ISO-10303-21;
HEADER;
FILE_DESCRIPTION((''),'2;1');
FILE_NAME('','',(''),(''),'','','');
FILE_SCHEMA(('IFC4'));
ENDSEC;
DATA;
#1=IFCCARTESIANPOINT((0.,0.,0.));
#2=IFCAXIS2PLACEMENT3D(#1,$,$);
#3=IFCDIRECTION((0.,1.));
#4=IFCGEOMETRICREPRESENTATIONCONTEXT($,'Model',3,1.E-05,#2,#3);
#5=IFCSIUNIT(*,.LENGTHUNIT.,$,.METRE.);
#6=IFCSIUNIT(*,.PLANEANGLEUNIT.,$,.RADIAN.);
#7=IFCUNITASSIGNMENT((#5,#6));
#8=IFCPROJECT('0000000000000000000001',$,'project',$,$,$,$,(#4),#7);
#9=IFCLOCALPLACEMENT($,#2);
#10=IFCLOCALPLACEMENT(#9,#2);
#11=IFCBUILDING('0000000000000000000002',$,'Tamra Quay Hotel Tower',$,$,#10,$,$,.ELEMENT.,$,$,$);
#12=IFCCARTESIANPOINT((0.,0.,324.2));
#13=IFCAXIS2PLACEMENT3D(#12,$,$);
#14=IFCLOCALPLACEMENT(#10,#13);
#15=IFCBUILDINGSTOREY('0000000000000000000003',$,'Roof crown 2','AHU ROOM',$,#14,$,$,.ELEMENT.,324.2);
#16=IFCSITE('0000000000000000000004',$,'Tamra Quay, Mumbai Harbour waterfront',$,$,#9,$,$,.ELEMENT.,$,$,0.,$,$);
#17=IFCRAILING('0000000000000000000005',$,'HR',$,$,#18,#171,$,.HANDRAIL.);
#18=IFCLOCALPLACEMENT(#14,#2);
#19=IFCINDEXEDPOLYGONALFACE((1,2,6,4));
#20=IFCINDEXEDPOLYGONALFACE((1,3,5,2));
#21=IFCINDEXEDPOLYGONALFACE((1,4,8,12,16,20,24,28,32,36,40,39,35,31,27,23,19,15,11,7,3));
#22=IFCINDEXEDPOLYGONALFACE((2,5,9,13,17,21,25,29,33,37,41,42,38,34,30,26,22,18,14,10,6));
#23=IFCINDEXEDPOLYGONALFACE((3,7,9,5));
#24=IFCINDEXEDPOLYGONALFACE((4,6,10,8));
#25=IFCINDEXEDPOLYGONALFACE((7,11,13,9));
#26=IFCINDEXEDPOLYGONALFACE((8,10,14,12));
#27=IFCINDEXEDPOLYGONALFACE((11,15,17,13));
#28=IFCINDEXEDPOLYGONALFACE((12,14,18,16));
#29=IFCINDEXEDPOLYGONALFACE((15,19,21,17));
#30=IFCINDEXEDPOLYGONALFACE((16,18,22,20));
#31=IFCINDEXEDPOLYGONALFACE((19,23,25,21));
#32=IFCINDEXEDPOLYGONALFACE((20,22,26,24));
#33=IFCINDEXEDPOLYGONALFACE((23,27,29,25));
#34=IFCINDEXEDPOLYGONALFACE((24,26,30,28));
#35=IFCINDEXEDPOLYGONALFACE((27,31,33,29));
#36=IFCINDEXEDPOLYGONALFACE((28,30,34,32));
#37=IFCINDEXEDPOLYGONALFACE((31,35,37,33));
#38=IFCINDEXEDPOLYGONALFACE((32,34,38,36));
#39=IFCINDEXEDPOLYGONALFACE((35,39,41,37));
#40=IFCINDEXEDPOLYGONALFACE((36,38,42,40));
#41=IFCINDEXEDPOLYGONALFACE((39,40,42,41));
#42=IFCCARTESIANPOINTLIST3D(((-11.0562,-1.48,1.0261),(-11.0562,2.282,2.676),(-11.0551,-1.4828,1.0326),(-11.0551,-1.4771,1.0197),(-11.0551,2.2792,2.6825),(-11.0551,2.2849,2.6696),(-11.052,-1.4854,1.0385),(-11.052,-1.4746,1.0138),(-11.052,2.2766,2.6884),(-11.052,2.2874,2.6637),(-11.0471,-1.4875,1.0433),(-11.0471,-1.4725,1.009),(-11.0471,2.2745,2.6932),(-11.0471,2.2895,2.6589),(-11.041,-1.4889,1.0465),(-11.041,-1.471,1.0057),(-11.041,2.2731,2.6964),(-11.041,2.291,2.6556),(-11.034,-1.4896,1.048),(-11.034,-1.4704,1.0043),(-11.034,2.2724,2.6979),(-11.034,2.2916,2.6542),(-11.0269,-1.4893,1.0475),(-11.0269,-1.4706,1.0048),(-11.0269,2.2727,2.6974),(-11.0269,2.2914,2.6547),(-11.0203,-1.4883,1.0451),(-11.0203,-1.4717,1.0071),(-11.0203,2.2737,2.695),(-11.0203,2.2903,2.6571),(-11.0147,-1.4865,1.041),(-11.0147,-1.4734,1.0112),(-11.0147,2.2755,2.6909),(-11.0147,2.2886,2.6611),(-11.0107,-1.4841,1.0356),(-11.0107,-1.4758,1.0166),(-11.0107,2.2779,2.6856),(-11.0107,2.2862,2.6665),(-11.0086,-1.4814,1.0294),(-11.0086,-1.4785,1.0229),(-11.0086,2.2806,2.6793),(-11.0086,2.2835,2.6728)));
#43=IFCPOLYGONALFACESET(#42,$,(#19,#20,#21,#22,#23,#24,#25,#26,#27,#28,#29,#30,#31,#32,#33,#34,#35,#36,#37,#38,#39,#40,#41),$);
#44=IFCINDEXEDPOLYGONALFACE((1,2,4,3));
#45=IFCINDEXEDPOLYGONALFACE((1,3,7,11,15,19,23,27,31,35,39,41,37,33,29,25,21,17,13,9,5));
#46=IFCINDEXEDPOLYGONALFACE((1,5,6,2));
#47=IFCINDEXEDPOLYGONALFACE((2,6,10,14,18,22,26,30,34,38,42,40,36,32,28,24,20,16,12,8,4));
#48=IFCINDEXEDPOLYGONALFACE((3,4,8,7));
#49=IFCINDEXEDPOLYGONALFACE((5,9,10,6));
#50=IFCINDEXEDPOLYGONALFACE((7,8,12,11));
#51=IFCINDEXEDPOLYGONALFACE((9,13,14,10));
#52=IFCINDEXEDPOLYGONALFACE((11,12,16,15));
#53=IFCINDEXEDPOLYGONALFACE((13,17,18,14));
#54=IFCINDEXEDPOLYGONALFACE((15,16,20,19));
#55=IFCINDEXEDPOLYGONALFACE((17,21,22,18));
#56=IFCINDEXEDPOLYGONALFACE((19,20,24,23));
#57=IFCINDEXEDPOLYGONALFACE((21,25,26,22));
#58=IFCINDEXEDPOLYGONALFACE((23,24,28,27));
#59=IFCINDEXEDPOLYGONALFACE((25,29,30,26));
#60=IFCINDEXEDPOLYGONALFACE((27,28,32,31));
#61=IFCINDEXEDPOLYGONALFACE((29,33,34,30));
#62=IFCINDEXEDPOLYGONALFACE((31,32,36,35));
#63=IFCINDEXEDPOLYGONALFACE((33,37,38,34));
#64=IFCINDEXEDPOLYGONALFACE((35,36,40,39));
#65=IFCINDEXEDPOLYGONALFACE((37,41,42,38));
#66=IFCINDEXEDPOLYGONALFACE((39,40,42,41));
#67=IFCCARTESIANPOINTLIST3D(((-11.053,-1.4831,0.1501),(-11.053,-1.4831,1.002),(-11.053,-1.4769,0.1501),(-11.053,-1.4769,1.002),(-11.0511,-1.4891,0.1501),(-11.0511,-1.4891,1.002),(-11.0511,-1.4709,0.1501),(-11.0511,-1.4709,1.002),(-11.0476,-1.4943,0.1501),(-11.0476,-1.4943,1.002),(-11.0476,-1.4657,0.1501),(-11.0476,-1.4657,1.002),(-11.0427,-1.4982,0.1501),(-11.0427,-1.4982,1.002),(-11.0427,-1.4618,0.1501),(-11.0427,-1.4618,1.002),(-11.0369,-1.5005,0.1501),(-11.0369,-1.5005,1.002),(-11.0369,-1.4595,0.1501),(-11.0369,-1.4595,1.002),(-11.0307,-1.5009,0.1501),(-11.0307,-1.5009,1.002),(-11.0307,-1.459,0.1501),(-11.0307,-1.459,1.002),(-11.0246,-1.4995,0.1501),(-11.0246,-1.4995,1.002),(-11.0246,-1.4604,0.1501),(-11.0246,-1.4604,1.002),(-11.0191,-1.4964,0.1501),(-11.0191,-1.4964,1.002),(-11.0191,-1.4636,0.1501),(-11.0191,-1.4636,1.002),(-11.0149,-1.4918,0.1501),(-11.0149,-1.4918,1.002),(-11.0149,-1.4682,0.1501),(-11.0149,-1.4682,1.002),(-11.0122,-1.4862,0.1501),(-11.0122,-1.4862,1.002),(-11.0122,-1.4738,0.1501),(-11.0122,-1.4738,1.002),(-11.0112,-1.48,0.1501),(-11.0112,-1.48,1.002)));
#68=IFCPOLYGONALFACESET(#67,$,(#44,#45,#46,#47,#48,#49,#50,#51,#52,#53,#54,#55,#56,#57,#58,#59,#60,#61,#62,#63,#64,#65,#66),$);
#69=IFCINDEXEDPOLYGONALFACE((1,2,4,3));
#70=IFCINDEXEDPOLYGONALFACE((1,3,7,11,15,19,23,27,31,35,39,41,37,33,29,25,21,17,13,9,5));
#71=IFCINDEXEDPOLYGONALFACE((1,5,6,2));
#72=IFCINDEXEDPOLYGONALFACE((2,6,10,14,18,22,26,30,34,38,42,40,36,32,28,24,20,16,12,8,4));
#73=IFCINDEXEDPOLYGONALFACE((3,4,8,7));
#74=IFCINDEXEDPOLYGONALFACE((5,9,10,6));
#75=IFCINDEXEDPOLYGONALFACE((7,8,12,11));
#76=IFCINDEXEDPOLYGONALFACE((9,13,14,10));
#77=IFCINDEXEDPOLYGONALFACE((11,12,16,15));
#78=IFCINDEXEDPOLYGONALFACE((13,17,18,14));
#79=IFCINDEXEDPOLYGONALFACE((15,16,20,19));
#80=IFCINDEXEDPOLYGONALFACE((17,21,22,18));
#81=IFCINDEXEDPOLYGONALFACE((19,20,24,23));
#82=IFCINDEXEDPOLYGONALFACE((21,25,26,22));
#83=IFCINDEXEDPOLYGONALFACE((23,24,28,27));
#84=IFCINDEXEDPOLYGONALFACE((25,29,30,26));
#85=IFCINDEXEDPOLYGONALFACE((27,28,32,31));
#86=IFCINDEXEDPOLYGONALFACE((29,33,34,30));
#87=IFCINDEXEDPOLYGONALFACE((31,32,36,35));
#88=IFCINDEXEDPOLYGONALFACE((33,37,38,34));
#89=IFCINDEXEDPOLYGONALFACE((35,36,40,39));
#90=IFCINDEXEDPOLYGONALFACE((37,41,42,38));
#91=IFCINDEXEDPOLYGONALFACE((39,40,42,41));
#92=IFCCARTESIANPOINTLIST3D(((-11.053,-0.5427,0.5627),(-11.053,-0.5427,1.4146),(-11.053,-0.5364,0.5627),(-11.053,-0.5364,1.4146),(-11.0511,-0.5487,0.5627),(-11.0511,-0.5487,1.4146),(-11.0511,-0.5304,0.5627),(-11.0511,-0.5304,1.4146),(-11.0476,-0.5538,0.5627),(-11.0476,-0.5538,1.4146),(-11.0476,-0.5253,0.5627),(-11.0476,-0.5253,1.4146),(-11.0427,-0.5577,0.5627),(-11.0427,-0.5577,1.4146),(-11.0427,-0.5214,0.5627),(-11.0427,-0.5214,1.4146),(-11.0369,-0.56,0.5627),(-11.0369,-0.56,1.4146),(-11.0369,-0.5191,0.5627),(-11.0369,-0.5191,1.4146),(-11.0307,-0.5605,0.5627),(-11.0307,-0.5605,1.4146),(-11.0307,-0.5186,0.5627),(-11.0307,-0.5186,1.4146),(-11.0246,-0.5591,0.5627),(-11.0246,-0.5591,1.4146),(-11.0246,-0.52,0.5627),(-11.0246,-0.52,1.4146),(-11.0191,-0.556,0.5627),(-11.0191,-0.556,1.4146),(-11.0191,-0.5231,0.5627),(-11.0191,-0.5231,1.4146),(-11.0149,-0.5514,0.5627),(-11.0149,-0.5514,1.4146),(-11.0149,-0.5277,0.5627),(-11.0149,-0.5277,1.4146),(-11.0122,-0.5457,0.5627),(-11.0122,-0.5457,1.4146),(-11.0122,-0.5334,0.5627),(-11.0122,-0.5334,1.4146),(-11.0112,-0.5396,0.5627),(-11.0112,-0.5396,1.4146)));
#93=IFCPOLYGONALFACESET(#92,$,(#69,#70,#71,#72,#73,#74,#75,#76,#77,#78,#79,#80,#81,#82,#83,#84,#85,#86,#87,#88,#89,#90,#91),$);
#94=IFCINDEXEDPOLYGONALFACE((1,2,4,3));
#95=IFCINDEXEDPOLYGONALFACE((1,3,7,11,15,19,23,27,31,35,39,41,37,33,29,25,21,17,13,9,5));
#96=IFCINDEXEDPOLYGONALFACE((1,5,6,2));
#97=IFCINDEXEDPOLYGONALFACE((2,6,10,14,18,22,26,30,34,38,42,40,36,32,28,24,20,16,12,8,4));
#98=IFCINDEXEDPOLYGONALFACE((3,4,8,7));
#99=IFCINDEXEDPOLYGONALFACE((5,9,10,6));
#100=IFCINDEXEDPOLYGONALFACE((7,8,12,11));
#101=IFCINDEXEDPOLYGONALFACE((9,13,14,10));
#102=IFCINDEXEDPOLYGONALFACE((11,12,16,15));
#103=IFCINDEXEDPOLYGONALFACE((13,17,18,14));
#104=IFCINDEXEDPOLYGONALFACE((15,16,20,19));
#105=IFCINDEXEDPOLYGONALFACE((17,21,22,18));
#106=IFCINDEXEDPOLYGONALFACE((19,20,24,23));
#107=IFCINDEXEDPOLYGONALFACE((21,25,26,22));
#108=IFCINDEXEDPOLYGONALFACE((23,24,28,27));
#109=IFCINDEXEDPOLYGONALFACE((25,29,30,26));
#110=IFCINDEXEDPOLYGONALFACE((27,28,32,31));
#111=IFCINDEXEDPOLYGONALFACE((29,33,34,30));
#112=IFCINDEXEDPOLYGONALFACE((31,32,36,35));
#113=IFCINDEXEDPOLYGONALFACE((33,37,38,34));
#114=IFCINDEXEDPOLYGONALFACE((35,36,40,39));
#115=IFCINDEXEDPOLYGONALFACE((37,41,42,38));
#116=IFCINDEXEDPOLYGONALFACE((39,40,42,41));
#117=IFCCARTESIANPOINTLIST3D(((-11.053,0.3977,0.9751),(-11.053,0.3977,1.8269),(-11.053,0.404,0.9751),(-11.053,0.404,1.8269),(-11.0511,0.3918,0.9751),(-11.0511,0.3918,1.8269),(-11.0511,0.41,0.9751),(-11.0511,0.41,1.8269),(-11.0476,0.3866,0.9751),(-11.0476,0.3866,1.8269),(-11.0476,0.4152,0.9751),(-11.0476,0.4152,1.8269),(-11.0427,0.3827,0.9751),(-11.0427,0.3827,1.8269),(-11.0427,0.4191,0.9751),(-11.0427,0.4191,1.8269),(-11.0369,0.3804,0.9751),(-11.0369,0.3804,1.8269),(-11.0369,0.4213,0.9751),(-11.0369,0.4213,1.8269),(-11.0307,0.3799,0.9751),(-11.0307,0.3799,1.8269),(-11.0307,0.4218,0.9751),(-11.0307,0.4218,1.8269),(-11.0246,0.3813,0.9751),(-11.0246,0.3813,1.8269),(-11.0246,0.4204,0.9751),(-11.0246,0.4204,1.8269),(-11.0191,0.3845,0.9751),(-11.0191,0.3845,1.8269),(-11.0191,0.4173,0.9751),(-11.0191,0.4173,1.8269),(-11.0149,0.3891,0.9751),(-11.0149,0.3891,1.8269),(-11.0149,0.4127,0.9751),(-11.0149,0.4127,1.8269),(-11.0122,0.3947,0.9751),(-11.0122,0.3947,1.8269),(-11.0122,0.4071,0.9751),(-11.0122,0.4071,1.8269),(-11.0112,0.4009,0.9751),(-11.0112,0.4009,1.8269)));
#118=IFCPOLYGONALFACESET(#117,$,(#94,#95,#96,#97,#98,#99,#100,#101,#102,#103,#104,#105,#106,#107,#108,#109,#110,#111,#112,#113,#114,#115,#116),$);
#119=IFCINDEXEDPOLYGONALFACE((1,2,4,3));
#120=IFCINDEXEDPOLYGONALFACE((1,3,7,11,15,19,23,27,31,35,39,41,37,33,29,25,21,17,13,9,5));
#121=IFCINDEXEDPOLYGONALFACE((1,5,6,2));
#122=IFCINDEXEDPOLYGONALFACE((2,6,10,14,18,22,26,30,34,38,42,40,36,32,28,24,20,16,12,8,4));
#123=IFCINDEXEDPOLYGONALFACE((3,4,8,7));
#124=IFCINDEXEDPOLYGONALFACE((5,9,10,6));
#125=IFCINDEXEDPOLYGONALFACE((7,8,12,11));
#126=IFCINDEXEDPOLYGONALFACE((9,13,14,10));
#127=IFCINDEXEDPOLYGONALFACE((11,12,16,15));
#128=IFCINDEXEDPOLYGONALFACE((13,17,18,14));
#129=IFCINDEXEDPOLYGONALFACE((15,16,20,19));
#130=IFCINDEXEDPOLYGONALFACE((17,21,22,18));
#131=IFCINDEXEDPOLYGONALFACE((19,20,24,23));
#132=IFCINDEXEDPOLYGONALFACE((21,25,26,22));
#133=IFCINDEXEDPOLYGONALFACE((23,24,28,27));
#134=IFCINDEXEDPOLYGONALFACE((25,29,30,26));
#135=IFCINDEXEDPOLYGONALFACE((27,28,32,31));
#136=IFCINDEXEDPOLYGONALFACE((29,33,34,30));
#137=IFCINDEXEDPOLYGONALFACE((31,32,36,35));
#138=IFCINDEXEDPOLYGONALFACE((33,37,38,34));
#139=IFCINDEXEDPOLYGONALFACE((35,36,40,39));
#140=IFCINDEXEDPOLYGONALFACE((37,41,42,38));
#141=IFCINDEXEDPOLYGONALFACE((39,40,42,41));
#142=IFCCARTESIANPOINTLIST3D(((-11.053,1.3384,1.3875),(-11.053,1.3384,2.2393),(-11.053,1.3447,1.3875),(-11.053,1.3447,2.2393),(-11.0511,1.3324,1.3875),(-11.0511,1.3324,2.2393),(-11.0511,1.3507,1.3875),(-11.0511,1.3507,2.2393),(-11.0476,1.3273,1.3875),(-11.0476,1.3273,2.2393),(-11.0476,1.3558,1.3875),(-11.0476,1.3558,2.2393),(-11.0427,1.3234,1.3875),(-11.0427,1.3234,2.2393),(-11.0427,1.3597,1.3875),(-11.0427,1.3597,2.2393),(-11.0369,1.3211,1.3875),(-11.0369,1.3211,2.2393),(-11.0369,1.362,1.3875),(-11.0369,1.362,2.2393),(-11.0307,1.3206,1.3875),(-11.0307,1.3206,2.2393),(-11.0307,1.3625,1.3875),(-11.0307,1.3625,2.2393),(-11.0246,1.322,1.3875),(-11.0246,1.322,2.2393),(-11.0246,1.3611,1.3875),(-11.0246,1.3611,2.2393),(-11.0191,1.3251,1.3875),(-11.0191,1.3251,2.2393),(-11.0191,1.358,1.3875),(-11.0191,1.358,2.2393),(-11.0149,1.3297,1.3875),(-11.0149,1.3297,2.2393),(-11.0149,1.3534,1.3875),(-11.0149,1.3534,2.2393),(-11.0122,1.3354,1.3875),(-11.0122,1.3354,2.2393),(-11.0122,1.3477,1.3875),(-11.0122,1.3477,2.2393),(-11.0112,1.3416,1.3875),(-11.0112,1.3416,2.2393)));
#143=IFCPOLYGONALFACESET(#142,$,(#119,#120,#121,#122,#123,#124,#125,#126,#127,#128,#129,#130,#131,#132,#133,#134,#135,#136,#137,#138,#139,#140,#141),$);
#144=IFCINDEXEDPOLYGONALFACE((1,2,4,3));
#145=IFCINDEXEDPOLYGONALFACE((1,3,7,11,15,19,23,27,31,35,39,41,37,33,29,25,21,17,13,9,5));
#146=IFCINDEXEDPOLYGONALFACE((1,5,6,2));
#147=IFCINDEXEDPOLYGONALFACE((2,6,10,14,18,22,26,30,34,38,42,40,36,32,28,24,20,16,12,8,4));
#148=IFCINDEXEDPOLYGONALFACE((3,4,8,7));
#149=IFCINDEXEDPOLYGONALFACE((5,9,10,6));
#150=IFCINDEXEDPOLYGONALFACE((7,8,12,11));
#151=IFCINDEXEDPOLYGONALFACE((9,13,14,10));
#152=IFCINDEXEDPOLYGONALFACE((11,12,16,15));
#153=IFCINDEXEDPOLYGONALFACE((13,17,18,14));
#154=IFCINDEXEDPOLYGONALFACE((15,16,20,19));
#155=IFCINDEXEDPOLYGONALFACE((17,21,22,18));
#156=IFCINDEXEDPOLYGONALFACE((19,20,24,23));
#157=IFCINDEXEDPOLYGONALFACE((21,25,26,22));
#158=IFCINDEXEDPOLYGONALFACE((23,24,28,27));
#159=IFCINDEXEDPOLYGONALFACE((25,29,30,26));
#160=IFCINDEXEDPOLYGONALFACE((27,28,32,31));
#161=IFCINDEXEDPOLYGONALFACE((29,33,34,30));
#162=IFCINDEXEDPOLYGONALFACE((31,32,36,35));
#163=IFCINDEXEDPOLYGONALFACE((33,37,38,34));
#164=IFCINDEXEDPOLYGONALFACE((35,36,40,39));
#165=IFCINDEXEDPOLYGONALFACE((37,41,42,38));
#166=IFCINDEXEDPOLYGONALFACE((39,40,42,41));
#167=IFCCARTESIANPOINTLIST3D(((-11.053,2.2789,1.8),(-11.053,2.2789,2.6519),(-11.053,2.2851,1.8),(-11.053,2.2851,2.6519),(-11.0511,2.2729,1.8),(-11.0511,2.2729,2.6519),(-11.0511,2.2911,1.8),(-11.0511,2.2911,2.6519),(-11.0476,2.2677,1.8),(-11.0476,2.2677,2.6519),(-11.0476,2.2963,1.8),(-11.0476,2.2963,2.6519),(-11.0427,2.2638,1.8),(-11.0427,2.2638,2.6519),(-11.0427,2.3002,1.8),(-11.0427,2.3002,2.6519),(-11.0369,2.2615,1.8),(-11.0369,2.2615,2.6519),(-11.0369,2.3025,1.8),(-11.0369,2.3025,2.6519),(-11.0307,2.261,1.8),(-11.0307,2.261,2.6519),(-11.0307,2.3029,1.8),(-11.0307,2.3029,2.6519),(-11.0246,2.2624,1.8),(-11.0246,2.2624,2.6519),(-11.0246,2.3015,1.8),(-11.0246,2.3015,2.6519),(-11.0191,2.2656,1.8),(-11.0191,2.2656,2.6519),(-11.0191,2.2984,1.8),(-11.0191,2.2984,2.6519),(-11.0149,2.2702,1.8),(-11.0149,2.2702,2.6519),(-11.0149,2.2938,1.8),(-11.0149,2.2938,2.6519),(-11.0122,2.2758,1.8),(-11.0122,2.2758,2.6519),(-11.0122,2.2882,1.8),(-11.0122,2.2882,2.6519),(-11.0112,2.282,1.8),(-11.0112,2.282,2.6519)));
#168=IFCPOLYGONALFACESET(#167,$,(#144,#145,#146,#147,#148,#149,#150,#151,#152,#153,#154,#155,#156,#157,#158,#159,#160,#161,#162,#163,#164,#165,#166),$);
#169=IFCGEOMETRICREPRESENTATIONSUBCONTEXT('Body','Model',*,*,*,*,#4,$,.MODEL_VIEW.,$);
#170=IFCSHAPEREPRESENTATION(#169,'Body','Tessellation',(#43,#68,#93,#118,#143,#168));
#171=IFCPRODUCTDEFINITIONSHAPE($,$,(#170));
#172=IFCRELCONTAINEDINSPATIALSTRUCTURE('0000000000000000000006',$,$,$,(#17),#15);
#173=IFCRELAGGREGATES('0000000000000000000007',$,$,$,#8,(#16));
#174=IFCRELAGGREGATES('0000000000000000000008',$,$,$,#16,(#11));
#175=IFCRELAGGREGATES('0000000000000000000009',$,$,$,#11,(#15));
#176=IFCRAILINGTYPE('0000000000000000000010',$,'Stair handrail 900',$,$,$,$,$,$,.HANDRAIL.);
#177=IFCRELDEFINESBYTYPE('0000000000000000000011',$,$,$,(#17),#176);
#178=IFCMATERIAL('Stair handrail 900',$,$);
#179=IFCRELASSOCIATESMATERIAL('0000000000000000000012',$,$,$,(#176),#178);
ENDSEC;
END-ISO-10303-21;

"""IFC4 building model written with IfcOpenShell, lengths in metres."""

from ifc_helpers import new_model, si_unit, direction, frame, origin, origin_2d, place, context, subcontext, project, spatial, circle, extrude, material, type_object, element, save


model = new_model("IFC4")

# Units and contexts
model_context = context("Model", 3, precision=1e-05, world=origin(), true_north=direction((0.0, 1.0)))
body_context = subcontext(model_context, "Body", "Model", "MODEL_VIEW")
ifc_project = project(units=[si_unit("LENGTHUNIT", "METRE"), si_unit("PLANEANGLEUNIT", "RADIAN")], contexts=[model_context])

# Site, building, storey
site_placement = place(None, origin())
site = spatial("IfcSite", under=ifc_project, at=site_placement, Name="Tamra Quay, Mumbai Harbour waterfront", CompositionType="ELEMENT", RefElevation=0.0)
building_placement = place(site_placement, origin())
building = spatial("IfcBuilding", under=site, at=building_placement, Name="Tamra Quay Hotel Tower", CompositionType="ELEMENT")
storey_placement = place(building_placement, frame((0.0, 0.0, 324.2)))
storey = spatial("IfcBuildingStorey", under=building, at=storey_placement, Name="Roof crown 2", Description="AHU ROOM", CompositionType="ELEMENT", Elevation=324.2)

# Railing
ifc_material_1 = material(Name="Stair handrail 900")
railing_type_1 = type_object("IfcRailingType", Name="Stair handrail 900", PredefinedType="HANDRAIL", material=ifc_material_1)
railing_1_placement = place(storey_placement, frame((-11.0322, -1.48, 0.1501)))
element("IfcRailing", 1, at=railing_1_placement, inside=storey, type_object=railing_type_1, Name="HR", PredefinedType="HANDRAIL", context=body_context, shape_type="SweptSolid", body=[
    extrude(circle(Radius=0.0239, at=origin_2d()), frame((0.0, 0.0, 0.876), z_axis=(0.0, 0.915795, 0.401645), x_axis=(-1.0, 0.0, 0.0)), (0.0, 0.0, 1.0), 4.1079),
    extrude(circle(Radius=0.021, at=origin_2d()), origin(), (0.0, 0.0, 1.0), 0.8518),
    extrude(circle(Radius=0.021, at=origin_2d()), frame((0.0, 0.9404, 0.4126)), (0.0, 0.0, 1.0), 0.8518),
    extrude(circle(Radius=0.021, at=origin_2d()), frame((0.0, 1.8809, 0.825)), (0.0, 0.0, 1.0), 0.8518),
    extrude(circle(Radius=0.021, at=origin_2d()), frame((0.0, 2.8215, 1.2373)), (0.0, 0.0, 1.0), 0.8518),
    extrude(circle(Radius=0.021, at=origin_2d()), frame((0.0, 3.762, 1.6499)), (0.0, 0.0, 1.0), 0.8518),
])

save(model, "model.ifc")
